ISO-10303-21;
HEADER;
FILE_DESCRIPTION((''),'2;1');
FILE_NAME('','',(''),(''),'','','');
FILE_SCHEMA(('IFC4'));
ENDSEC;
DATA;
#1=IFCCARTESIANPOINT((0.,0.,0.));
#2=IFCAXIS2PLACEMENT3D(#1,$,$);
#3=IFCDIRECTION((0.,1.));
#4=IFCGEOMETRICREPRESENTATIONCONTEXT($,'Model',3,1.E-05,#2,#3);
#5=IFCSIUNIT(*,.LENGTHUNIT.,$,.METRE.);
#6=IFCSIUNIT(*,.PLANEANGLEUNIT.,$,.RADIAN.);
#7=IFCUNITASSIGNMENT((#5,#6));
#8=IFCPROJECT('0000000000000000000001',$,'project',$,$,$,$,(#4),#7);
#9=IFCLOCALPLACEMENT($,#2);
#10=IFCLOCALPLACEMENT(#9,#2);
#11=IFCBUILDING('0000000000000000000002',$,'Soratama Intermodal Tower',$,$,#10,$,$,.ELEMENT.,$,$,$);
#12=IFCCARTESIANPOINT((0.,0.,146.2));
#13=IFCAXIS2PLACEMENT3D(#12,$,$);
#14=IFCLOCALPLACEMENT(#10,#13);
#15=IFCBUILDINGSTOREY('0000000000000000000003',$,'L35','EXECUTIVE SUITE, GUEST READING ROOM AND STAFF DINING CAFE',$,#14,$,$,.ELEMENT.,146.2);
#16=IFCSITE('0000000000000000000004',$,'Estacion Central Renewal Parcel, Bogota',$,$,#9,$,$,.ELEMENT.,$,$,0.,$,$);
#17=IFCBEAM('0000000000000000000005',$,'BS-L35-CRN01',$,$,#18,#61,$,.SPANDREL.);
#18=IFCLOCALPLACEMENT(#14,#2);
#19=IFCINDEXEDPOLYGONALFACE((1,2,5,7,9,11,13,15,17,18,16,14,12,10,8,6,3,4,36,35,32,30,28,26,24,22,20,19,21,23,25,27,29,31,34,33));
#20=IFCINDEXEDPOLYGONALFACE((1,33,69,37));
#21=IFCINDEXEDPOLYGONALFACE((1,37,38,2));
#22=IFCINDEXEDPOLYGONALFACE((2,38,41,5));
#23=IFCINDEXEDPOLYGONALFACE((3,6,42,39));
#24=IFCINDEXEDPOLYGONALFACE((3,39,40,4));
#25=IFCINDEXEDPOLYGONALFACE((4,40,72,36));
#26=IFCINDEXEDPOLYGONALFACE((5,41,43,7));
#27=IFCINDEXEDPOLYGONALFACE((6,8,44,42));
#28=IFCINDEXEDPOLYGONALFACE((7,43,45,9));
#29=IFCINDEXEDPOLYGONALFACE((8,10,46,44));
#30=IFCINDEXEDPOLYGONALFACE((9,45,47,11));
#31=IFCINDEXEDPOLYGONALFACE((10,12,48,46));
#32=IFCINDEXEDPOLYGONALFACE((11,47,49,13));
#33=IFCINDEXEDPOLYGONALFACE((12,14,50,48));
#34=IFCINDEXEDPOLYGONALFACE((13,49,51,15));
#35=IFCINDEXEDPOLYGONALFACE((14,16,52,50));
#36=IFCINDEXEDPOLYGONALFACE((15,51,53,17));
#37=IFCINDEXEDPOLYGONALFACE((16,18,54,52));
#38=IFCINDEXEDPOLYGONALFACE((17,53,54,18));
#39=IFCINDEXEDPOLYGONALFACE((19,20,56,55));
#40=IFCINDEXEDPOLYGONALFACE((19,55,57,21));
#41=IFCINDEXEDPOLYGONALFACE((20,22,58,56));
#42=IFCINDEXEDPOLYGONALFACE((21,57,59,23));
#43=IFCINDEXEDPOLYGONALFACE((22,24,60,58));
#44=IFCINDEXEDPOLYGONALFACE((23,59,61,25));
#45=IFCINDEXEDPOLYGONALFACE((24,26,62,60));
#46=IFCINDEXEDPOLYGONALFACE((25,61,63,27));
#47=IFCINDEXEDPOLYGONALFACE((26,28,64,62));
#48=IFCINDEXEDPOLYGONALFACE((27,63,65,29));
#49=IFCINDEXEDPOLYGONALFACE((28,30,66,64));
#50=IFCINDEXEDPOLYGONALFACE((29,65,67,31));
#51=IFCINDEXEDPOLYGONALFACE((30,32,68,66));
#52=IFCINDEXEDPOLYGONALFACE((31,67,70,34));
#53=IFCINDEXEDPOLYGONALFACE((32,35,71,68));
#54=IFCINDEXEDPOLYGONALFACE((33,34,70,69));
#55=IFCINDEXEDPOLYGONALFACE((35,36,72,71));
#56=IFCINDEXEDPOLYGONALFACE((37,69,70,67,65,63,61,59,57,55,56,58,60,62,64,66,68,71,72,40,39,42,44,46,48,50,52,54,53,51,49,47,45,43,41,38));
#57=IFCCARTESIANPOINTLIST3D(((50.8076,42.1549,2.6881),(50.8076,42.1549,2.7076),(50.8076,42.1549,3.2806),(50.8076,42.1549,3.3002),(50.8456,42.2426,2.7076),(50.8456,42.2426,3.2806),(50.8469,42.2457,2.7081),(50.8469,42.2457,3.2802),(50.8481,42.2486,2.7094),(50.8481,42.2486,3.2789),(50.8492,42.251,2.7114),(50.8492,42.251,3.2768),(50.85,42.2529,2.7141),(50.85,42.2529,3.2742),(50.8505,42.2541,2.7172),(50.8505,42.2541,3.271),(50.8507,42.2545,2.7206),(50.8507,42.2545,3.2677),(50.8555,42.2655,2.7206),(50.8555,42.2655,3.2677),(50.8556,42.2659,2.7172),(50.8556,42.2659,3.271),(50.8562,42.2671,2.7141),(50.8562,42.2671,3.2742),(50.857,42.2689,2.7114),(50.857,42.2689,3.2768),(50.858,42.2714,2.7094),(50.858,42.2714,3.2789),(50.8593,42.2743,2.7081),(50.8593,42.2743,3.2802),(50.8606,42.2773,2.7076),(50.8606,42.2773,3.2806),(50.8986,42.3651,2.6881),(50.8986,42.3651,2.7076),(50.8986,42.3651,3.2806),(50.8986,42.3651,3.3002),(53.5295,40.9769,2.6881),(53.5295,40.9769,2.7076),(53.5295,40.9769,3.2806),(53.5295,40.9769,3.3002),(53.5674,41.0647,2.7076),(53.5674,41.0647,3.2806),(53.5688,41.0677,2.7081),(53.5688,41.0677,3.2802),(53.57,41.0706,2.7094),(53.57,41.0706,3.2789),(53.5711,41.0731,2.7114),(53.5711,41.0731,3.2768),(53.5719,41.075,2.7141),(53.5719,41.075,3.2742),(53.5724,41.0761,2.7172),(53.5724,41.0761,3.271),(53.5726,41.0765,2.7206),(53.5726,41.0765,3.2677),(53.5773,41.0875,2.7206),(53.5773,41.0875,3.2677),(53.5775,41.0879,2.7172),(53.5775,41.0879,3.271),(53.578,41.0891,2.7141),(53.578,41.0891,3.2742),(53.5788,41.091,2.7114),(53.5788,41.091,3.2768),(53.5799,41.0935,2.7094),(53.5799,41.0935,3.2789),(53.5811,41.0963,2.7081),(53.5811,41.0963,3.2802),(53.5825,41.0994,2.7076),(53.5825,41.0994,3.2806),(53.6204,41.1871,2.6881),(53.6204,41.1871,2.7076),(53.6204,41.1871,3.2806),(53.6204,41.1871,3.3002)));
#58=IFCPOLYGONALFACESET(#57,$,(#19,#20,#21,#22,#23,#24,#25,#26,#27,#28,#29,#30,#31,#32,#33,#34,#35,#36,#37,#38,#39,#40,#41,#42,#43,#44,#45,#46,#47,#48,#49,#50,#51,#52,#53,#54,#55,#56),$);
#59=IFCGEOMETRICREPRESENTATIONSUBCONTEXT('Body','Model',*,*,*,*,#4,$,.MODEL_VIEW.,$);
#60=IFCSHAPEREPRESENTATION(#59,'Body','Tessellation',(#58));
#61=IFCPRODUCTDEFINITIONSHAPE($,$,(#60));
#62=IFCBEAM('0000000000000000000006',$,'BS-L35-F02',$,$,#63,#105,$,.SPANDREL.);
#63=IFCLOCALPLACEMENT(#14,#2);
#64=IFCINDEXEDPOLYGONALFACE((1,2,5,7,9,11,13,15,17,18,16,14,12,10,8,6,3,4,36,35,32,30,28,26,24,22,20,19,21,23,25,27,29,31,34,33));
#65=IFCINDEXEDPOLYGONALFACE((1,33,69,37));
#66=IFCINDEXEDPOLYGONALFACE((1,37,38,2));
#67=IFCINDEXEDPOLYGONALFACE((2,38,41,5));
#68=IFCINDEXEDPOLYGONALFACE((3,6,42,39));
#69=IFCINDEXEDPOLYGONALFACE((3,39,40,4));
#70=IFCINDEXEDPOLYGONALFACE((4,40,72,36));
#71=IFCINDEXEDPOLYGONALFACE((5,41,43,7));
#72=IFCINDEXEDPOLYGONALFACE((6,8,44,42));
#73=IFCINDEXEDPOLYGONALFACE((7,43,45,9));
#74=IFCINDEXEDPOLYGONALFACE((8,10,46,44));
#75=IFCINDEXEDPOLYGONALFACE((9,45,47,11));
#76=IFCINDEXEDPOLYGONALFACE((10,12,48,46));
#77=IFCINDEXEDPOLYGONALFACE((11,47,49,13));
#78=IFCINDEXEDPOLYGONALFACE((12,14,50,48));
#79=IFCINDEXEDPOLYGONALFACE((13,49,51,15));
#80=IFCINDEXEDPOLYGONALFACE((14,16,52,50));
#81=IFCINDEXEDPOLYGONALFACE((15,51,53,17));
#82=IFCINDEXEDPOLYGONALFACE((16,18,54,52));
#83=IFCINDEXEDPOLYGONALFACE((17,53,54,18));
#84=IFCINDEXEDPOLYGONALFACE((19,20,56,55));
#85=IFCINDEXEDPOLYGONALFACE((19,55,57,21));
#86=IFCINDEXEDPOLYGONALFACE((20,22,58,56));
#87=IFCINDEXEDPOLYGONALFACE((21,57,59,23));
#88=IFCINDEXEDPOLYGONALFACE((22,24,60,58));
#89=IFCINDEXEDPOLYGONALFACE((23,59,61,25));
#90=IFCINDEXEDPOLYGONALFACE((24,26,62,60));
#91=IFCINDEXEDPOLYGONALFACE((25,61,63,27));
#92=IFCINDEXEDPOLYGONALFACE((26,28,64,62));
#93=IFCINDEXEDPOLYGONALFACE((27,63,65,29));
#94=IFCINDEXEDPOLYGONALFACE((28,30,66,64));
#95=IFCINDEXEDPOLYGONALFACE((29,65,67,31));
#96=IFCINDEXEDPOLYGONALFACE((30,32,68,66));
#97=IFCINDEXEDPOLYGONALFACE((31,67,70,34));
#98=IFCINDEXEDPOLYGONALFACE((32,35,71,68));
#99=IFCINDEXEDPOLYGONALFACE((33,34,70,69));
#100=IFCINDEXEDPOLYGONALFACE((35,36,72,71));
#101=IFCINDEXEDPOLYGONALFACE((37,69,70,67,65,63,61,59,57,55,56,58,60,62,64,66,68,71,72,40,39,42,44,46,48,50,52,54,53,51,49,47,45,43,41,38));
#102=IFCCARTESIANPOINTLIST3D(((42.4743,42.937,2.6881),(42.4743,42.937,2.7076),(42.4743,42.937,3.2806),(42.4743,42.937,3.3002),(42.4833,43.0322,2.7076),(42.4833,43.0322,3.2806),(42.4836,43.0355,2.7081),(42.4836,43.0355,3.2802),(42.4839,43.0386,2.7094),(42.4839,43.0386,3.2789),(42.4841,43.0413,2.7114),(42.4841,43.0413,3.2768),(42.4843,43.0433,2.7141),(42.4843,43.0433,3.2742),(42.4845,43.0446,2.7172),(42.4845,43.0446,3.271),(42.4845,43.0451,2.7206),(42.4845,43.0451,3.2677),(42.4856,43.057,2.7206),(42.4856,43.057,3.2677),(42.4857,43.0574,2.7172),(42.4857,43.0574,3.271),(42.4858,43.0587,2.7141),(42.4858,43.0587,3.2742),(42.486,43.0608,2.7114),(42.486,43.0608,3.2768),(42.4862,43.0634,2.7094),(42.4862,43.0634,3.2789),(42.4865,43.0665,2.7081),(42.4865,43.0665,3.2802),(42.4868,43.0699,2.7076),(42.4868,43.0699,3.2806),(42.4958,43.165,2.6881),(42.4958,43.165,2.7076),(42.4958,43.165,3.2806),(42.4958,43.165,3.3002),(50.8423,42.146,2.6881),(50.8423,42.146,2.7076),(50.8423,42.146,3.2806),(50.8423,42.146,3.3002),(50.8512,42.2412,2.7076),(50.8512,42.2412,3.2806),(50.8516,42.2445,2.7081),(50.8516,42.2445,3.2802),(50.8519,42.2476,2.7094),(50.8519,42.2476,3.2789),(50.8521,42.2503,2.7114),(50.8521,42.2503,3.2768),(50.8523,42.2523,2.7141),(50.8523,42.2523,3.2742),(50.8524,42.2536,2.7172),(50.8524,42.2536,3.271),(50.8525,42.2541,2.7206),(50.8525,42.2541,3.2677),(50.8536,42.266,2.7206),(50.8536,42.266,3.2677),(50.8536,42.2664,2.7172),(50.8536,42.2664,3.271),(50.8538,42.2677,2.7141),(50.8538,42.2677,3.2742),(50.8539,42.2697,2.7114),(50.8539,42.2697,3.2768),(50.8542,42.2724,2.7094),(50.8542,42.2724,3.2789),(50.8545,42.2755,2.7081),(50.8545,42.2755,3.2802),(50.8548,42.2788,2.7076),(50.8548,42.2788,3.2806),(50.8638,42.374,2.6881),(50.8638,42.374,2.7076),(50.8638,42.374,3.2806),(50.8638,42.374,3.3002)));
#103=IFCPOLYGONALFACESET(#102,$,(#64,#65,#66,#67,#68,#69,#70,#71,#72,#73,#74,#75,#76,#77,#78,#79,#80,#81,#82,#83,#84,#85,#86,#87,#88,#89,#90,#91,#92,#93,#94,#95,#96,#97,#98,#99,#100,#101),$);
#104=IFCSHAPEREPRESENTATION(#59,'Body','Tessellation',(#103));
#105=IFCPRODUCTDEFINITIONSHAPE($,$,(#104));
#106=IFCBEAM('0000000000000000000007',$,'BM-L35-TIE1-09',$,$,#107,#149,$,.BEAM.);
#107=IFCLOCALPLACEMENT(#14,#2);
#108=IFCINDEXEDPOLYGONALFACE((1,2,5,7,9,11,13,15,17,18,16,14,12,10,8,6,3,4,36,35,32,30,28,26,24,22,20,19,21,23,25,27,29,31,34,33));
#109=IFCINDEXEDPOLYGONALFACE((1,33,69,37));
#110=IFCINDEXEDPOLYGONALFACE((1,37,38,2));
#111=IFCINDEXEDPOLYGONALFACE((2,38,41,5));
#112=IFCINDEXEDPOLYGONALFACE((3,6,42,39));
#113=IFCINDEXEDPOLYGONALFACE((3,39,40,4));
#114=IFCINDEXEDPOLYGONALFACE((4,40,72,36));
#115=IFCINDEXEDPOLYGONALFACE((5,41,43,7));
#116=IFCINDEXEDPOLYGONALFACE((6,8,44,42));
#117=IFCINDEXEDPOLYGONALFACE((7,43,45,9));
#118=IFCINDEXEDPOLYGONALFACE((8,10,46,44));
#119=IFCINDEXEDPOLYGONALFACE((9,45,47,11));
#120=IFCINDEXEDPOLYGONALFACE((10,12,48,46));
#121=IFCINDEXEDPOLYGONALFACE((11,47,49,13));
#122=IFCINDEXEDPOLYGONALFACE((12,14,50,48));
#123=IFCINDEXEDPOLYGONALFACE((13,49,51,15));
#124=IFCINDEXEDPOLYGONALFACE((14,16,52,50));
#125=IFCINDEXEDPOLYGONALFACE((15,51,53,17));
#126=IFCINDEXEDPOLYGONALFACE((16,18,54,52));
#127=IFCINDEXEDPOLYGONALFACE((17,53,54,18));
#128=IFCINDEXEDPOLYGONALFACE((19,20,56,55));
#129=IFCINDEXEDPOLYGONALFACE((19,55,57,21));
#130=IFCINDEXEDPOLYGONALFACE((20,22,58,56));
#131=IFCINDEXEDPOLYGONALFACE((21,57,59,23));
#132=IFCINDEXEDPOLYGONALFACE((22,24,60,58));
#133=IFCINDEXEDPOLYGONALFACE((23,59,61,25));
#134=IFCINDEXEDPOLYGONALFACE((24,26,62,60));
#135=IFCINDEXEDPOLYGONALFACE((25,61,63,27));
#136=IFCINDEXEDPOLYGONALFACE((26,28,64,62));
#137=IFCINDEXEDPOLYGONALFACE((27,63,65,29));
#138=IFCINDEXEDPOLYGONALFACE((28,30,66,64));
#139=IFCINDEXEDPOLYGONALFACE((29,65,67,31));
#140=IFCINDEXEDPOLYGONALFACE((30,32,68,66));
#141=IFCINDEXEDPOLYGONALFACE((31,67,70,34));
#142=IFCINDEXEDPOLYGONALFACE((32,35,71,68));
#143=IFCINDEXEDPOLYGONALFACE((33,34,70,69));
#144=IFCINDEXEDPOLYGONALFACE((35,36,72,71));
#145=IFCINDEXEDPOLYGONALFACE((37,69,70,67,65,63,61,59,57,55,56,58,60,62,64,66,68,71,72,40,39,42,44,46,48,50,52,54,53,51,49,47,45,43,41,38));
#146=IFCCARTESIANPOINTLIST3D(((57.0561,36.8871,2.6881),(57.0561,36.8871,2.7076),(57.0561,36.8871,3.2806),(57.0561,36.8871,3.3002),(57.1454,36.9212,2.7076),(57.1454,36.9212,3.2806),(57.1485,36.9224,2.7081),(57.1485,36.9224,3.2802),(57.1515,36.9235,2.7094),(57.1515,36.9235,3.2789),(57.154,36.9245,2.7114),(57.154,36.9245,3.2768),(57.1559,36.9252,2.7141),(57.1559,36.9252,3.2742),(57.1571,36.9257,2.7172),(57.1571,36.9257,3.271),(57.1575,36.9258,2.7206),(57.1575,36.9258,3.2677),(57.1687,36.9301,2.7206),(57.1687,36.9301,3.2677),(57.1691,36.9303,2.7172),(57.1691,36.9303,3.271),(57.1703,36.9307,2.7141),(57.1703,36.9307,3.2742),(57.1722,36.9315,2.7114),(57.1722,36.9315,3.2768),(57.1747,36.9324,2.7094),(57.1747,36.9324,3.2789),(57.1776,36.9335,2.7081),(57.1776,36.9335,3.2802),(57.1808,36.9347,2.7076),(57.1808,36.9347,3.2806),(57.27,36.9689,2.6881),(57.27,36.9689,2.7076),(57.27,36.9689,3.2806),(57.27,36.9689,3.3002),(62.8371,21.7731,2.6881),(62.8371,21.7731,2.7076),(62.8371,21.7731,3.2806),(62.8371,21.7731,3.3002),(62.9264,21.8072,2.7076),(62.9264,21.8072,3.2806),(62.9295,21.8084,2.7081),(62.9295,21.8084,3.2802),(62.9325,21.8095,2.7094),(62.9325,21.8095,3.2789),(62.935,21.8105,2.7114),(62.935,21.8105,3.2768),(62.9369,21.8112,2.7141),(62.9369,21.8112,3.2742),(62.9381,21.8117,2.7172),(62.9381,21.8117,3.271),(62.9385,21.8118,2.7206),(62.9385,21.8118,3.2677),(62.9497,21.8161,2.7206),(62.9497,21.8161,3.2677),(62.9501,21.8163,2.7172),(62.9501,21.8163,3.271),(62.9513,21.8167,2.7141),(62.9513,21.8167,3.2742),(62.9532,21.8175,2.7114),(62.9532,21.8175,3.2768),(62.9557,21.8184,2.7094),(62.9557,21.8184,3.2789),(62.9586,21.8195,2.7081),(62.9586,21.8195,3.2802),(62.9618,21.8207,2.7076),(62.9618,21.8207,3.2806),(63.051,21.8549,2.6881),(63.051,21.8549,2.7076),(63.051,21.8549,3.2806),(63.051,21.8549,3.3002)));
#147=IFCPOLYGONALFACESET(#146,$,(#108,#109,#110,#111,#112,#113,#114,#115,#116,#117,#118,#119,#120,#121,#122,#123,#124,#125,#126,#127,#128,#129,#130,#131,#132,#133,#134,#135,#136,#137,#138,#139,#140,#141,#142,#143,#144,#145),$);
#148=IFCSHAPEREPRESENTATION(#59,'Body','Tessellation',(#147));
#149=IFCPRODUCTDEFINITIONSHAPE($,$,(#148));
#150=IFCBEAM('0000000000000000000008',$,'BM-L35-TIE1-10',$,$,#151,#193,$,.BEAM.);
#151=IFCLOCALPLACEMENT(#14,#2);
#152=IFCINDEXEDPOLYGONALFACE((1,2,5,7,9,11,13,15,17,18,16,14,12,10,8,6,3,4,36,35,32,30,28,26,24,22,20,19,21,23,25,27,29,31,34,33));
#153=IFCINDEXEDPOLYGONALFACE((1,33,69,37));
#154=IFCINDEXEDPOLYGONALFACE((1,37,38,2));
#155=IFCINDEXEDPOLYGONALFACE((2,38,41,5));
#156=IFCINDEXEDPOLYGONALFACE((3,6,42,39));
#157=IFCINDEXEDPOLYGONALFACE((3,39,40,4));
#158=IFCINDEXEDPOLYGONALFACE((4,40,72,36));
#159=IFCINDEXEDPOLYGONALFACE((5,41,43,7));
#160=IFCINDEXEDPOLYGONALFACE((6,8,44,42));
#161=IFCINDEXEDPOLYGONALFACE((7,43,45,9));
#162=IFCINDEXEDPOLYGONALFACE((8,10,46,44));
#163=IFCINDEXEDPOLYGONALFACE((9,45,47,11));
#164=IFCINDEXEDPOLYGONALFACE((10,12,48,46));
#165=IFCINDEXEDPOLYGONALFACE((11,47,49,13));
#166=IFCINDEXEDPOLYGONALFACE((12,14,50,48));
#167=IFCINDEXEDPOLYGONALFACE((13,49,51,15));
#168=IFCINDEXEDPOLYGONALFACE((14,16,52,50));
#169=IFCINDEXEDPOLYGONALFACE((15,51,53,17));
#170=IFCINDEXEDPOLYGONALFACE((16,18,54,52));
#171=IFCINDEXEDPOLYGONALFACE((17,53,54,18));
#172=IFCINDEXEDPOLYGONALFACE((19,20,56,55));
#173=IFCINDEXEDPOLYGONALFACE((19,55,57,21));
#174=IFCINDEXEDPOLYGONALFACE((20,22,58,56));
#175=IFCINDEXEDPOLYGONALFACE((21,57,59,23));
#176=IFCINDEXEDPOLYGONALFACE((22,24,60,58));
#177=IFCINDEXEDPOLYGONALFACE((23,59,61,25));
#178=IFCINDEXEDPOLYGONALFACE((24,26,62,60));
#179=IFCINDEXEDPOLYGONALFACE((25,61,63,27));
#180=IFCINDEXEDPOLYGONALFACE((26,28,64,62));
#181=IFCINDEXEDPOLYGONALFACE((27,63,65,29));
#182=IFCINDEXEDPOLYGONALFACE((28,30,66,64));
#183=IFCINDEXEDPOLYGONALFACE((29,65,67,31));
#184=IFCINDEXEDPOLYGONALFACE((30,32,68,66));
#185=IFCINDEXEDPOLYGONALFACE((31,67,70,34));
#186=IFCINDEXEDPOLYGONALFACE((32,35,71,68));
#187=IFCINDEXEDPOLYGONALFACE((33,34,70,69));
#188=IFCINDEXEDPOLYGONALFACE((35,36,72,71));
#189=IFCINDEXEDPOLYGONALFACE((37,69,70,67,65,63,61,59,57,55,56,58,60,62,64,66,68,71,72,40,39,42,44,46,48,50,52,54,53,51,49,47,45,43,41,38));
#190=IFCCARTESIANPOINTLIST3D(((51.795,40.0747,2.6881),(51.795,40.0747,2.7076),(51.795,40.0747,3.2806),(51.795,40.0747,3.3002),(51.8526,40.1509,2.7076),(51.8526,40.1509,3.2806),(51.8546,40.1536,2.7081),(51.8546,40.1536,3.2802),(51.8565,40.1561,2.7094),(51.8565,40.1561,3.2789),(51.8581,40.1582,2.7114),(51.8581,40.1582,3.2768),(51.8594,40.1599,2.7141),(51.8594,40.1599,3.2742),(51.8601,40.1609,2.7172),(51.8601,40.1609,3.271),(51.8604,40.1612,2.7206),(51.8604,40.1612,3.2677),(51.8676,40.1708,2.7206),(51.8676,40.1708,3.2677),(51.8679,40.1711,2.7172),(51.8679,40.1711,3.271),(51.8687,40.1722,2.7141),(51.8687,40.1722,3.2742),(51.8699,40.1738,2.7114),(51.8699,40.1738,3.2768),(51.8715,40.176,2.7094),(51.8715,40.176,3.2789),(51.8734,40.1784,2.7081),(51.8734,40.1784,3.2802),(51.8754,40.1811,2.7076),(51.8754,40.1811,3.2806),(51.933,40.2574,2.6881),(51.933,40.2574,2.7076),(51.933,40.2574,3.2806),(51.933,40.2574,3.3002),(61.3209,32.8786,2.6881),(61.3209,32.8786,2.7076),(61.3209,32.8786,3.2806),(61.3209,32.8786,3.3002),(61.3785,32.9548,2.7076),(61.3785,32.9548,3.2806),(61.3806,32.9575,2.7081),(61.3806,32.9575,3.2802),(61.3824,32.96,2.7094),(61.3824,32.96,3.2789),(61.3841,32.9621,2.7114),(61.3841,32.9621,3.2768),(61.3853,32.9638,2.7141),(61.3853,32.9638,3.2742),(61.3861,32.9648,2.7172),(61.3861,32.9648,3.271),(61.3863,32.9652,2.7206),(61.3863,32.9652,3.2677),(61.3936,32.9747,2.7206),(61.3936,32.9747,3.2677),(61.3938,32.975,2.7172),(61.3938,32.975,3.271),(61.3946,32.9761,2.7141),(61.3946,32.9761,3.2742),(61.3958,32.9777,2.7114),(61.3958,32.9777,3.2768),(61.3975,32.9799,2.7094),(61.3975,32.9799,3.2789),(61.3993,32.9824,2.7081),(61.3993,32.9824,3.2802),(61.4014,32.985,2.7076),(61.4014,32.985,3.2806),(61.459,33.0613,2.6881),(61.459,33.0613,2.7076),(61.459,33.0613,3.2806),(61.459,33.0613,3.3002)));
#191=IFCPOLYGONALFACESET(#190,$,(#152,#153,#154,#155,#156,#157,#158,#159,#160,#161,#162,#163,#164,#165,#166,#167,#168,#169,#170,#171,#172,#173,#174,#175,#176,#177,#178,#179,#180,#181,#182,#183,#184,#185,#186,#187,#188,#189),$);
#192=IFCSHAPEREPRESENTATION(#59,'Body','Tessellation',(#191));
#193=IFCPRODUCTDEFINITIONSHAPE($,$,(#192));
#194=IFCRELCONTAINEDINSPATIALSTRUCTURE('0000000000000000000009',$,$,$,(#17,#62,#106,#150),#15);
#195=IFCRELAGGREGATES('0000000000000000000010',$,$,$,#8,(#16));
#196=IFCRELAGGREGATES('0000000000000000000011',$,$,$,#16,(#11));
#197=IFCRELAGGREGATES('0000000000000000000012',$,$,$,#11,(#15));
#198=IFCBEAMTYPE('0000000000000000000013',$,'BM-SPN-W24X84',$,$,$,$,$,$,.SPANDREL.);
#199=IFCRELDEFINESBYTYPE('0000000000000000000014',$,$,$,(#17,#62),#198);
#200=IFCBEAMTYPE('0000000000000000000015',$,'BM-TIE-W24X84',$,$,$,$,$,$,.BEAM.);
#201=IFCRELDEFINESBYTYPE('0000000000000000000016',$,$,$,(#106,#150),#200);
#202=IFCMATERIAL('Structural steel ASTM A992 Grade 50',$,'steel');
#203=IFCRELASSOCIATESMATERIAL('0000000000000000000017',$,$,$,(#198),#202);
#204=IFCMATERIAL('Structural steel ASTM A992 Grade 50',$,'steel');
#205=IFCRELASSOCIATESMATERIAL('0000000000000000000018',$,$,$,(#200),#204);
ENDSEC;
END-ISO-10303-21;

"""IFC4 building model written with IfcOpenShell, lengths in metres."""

from ifc_helpers import new_model, si_unit, direction, frame, origin, origin_2d, place, context, subcontext, project, spatial, i_section, extrude, material, material_profile, profile_set, type_object, element, save


model = new_model("IFC4")

# Units and contexts
model_context = context("Model", 3, precision=1e-05, world=origin(), true_north=direction((0.0, 1.0)))
body_context = subcontext(model_context, "Body", "Model", "MODEL_VIEW")
ifc_project = project(units=[si_unit("LENGTHUNIT", "METRE"), si_unit("PLANEANGLEUNIT", "RADIAN")], contexts=[model_context])

# Site, building, storey
site_placement = place(None, origin())
site = spatial("IfcSite", under=ifc_project, at=site_placement, Name="Estacion Central Renewal Parcel, Bogota", CompositionType="ELEMENT", RefElevation=0.0)
building_placement = place(site_placement, origin())
building = spatial("IfcBuilding", under=site, at=building_placement, Name="Soratama Intermodal Tower", CompositionType="ELEMENT")
storey_placement = place(building_placement, frame((0.0, 0.0, 146.2)))
storey = spatial("IfcBuildingStorey", under=building, at=storey_placement, Name="L35", Description="EXECUTIVE SUITE, GUEST READING ROOM AND STAFF DINING CAFE", CompositionType="ELEMENT", Elevation=146.2)

# Beams
ifc_material_1 = material(Name="Structural steel ASTM A992 Grade 50", Category="steel")
ifc_material_profile_1 = material_profile(ifc_material_1, i_section(OverallWidth=0.229, OverallDepth=0.6121, WebThickness=0.012, FlangeThickness=0.0195, FilletRadius=0.0129, at=origin_2d()), Name="W24X84")
ifc_profile_set_1 = profile_set([ifc_material_profile_1], Name="Structural steel ASTM A992 Grade 50")
beam_type_1 = type_object("IfcBeamType", Name="BM-SPN-W24X84", PredefinedType="SPANDREL", material=ifc_profile_set_1)
beam_1_placement = place(storey_placement, frame((53.575, 41.082, 2.9941), z_axis=(-0.917743, 0.397175, 0.0), x_axis=(-0.397175, -0.917743, 0.0)))
element("IfcBeam", 1, at=beam_1_placement, inside=storey, type_object=beam_type_1, Name="BS-L35-CRN01", PredefinedType="SPANDREL", context=body_context, shape_type="SweptSolid", body=[
    extrude(i_section(OverallWidth=0.229, OverallDepth=0.6121, WebThickness=0.012, FlangeThickness=0.0195, FilletRadius=0.0129, at=origin_2d()), origin(), (0.0, 0.0, 1.0), 2.9658),
])
beam_2_placement = place(storey_placement, frame((50.853, 42.26, 2.9941), z_axis=(-0.995562, 0.09411, 0.0), x_axis=(-0.09411, -0.995562, 0.0)))
element("IfcBeam", 2, at=beam_2_placement, inside=storey, type_object=beam_type_1, Name="BS-L35-F02", PredefinedType="SPANDREL", context=body_context, shape_type="SweptSolid", body=[
    extrude(i_section(OverallWidth=0.229, OverallDepth=0.6121, WebThickness=0.012, FlangeThickness=0.0195, FilletRadius=0.0129, at=origin_2d()), origin(), (0.0, 0.0, 1.0), 8.4053),
])
ifc_material_2 = material(Name="Structural steel ASTM A992 Grade 50", Category="steel")
ifc_material_profile_2 = material_profile(ifc_material_2, i_section(OverallWidth=0.229, OverallDepth=0.6121, WebThickness=0.012, FlangeThickness=0.0195, FilletRadius=0.0129, at=origin_2d()), Name="W24X84")
ifc_profile_set_2 = profile_set([ifc_material_profile_2], Name="Structural steel ASTM A992 Grade 50")
beam_type_2 = type_object("IfcBeamType", Name="BM-TIE-W24X84", PredefinedType="BEAM", material=ifc_profile_set_2)
beam_3_placement = place(storey_placement, frame((57.1631, 36.928, 2.9941), z_axis=(0.357252, -0.934008, 0.0), x_axis=(0.934008, 0.357252, 0.0)))
element("IfcBeam", 3, at=beam_3_placement, inside=storey, type_object=beam_type_2, Name="BM-L35-TIE1-09", PredefinedType="BEAM", context=body_context, shape_type="SweptSolid", body=[
    extrude(i_section(OverallWidth=0.229, OverallDepth=0.6121, WebThickness=0.012, FlangeThickness=0.0195, FilletRadius=0.0129, at=origin_2d()), origin(), (0.0, 0.0, 1.0), 16.1819),
])
beam_4_placement = place(storey_placement, frame((51.864, 40.166, 2.9941), z_axis=(0.797919, -0.602765, 0.0), x_axis=(0.602765, 0.797919, 0.0)))
element("IfcBeam", 4, at=beam_4_placement, inside=storey, type_object=beam_type_2, Name="BM-L35-TIE1-10", PredefinedType="BEAM", context=body_context, shape_type="SweptSolid", body=[
    extrude(i_section(OverallWidth=0.229, OverallDepth=0.6121, WebThickness=0.012, FlangeThickness=0.0195, FilletRadius=0.0129, at=origin_2d()), origin(), (0.0, 0.0, 1.0), 11.9385),
])

save(model, "model.ifc")
